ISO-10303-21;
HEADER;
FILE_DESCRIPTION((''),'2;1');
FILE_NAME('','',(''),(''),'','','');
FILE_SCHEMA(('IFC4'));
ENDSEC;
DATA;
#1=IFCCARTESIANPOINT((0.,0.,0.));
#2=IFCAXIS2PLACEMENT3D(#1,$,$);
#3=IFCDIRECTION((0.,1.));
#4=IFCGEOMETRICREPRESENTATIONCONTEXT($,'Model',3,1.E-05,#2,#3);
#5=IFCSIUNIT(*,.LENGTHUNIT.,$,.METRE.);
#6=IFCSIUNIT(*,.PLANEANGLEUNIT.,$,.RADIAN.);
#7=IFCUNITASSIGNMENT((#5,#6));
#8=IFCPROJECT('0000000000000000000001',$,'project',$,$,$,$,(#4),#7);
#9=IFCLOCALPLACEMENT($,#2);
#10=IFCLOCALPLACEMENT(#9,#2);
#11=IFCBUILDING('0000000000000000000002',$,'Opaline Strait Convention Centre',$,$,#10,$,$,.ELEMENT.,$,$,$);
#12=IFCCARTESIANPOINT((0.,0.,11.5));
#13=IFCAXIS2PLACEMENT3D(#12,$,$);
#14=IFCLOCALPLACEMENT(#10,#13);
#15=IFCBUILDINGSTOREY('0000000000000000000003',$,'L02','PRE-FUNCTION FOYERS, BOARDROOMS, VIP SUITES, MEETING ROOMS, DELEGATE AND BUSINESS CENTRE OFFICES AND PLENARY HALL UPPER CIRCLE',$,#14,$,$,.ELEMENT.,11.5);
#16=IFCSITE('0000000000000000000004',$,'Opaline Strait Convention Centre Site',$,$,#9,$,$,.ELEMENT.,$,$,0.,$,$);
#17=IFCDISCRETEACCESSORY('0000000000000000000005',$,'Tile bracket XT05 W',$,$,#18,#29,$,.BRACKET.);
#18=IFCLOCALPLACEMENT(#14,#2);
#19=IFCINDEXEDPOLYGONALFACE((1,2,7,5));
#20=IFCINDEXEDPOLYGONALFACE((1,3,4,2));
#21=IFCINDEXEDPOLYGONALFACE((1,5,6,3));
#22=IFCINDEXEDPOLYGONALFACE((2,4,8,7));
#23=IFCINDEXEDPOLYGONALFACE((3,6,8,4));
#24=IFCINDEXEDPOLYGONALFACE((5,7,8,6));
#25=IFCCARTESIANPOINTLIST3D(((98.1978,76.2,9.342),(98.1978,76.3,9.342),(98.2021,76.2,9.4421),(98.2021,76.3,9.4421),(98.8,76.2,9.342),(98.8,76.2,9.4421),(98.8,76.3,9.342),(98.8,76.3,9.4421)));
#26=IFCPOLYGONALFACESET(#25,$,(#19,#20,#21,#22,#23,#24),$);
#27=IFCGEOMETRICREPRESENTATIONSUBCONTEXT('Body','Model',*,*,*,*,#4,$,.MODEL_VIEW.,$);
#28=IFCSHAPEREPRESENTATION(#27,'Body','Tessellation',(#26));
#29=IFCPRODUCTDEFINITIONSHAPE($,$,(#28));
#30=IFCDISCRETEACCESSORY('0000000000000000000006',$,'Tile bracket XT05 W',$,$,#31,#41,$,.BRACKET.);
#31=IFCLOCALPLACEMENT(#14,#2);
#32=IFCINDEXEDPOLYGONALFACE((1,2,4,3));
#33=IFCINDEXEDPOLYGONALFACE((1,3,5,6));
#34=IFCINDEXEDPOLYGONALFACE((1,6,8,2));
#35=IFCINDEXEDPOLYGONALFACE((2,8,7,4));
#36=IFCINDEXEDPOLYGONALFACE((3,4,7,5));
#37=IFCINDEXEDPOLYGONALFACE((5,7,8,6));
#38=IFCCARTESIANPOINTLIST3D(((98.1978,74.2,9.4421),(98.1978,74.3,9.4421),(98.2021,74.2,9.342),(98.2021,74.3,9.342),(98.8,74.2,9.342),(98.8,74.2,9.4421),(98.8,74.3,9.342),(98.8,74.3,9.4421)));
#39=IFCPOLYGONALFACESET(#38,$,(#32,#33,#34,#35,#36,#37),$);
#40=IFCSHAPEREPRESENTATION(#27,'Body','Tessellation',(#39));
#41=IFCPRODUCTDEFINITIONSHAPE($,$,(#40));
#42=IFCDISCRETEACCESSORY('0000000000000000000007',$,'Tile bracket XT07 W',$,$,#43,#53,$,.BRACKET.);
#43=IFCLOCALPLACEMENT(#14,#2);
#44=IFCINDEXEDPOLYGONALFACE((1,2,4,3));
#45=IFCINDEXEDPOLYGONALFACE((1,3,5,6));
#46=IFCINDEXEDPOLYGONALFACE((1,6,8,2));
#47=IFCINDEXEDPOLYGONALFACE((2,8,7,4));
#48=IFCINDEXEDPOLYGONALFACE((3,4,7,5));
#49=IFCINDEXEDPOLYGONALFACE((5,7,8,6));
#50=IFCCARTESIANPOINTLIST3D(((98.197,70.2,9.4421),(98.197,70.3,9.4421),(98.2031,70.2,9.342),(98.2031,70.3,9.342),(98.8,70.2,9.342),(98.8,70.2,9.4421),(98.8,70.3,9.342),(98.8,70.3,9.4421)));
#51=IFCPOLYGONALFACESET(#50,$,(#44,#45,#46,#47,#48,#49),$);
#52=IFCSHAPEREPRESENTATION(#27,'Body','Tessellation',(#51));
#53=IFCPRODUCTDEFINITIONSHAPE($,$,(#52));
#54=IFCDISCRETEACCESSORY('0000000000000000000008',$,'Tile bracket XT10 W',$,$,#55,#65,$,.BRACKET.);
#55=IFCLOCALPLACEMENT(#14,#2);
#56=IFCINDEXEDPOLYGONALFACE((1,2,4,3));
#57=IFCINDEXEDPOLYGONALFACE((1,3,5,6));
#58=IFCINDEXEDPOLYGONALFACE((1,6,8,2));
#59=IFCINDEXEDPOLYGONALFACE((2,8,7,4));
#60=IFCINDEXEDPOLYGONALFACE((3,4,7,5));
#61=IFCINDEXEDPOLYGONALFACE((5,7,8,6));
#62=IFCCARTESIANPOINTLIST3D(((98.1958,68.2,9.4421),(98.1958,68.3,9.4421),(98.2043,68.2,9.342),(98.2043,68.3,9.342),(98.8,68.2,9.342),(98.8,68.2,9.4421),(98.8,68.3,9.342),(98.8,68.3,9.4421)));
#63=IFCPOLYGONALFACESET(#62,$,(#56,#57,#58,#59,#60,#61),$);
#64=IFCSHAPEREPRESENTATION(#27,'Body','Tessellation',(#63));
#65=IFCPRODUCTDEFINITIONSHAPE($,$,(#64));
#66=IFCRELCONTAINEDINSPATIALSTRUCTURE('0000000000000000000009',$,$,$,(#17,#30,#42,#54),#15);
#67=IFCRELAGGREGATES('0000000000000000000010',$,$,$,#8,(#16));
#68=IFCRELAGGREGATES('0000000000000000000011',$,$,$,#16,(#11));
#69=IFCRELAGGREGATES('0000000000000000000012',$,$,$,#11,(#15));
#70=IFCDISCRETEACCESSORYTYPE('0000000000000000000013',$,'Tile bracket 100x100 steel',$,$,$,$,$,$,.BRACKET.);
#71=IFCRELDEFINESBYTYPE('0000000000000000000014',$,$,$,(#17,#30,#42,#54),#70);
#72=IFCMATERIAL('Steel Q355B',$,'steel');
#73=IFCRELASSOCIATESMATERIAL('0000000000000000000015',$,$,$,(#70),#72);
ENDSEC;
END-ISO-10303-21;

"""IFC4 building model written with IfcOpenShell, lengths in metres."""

from ifc_helpers import new_model, si_unit, direction, frame, origin, place, context, subcontext, project, spatial, polyline, outline, extrude, material, type_object, element, save


model = new_model("IFC4")

# Units and contexts
model_context = context("Model", 3, precision=1e-05, world=origin(), true_north=direction((0.0, 1.0)))
body_context = subcontext(model_context, "Body", "Model", "MODEL_VIEW")
ifc_project = project(units=[si_unit("LENGTHUNIT", "METRE"), si_unit("PLANEANGLEUNIT", "RADIAN")], contexts=[model_context])

# Site, building, storey
site_placement = place(None, origin())
site = spatial("IfcSite", under=ifc_project, at=site_placement, Name="Opaline Strait Convention Centre Site", CompositionType="ELEMENT", RefElevation=0.0)
building_placement = place(site_placement, origin())
building = spatial("IfcBuilding", under=site, at=building_placement, Name="Opaline Strait Convention Centre", CompositionType="ELEMENT")
storey_placement = place(building_placement, frame((0.0, 0.0, 11.5)))
storey = spatial("IfcBuildingStorey", under=building, at=storey_placement, Name="L02", Description="PRE-FUNCTION FOYERS, BOARDROOMS, VIP SUITES, MEETING ROOMS, DELEGATE AND BUSINESS CENTRE OFFICES AND PLENARY HALL UPPER CIRCLE", CompositionType="ELEMENT", Elevation=11.5)

# Shared definitions
ifc_material = material(Name="Steel Q355B", Category="steel")

# Discrete accessories
discrete_accessory_type = type_object("IfcDiscreteAccessoryType", Name="Tile bracket 100x100 steel", PredefinedType="BRACKET", material=ifc_material)
discrete_accessory_1_placement = place(storey_placement, frame((98.8, 76.3, 9.3921), z_axis=(0.0, -1.0, 0.0), x_axis=(1.0, 0.0, 0.0)))
element("IfcDiscreteAccessory", 1, at=discrete_accessory_1_placement, inside=storey, type_object=discrete_accessory_type, Name="Tile bracket XT05 W", PredefinedType="BRACKET", context=body_context, shape_type="SweptSolid", body=[
    extrude(outline(polyline([(0.0, -0.05), (0.0, 0.05), (-0.5979, 0.05), (-0.6023, -0.05), (0.0, -0.05)])), origin(), (0.0, 0.0, 1.0), 0.1001),
])
discrete_accessory_2_placement = place(storey_placement, frame((98.8, 74.3, 9.3921), z_axis=(0.0, -1.0, 0.0), x_axis=(1.0, 0.0, 0.0)))
element("IfcDiscreteAccessory", 2, at=discrete_accessory_2_placement, inside=storey, type_object=discrete_accessory_type, Name="Tile bracket XT05 W", PredefinedType="BRACKET", context=body_context, shape_type="SweptSolid", body=[
    extrude(outline(polyline([(0.0, -0.05), (0.0, 0.05), (-0.6023, 0.05), (-0.5979, -0.05), (0.0, -0.05)])), origin(), (0.0, 0.0, 1.0), 0.1001),
])
discrete_accessory_3_placement = place(storey_placement, frame((98.8, 70.3, 9.3921), z_axis=(0.0, -1.0, 0.0), x_axis=(1.0, 0.0, 0.0)))
element("IfcDiscreteAccessory", 3, at=discrete_accessory_3_placement, inside=storey, type_object=discrete_accessory_type, Name="Tile bracket XT07 W", PredefinedType="BRACKET", context=body_context, shape_type="SweptSolid", body=[
    extrude(outline(polyline([(0.0, -0.05), (0.0, 0.05), (-0.603, 0.05), (-0.5969, -0.05), (0.0, -0.05)])), origin(), (0.0, 0.0, 1.0), 0.1001),
])
discrete_accessory_4_placement = place(storey_placement, frame((98.8, 68.3, 9.3921), z_axis=(0.0, -1.0, 0.0), x_axis=(1.0, 0.0, 0.0)))
element("IfcDiscreteAccessory", 4, at=discrete_accessory_4_placement, inside=storey, type_object=discrete_accessory_type, Name="Tile bracket XT10 W", PredefinedType="BRACKET", context=body_context, shape_type="SweptSolid", body=[
    extrude(outline(polyline([(0.0, -0.05), (0.0, 0.05), (-0.6042, 0.05), (-0.5957, -0.05), (0.0, -0.05)])), origin(), (0.0, 0.0, 1.0), 0.1001),
])

save(model, "model.ifc")
